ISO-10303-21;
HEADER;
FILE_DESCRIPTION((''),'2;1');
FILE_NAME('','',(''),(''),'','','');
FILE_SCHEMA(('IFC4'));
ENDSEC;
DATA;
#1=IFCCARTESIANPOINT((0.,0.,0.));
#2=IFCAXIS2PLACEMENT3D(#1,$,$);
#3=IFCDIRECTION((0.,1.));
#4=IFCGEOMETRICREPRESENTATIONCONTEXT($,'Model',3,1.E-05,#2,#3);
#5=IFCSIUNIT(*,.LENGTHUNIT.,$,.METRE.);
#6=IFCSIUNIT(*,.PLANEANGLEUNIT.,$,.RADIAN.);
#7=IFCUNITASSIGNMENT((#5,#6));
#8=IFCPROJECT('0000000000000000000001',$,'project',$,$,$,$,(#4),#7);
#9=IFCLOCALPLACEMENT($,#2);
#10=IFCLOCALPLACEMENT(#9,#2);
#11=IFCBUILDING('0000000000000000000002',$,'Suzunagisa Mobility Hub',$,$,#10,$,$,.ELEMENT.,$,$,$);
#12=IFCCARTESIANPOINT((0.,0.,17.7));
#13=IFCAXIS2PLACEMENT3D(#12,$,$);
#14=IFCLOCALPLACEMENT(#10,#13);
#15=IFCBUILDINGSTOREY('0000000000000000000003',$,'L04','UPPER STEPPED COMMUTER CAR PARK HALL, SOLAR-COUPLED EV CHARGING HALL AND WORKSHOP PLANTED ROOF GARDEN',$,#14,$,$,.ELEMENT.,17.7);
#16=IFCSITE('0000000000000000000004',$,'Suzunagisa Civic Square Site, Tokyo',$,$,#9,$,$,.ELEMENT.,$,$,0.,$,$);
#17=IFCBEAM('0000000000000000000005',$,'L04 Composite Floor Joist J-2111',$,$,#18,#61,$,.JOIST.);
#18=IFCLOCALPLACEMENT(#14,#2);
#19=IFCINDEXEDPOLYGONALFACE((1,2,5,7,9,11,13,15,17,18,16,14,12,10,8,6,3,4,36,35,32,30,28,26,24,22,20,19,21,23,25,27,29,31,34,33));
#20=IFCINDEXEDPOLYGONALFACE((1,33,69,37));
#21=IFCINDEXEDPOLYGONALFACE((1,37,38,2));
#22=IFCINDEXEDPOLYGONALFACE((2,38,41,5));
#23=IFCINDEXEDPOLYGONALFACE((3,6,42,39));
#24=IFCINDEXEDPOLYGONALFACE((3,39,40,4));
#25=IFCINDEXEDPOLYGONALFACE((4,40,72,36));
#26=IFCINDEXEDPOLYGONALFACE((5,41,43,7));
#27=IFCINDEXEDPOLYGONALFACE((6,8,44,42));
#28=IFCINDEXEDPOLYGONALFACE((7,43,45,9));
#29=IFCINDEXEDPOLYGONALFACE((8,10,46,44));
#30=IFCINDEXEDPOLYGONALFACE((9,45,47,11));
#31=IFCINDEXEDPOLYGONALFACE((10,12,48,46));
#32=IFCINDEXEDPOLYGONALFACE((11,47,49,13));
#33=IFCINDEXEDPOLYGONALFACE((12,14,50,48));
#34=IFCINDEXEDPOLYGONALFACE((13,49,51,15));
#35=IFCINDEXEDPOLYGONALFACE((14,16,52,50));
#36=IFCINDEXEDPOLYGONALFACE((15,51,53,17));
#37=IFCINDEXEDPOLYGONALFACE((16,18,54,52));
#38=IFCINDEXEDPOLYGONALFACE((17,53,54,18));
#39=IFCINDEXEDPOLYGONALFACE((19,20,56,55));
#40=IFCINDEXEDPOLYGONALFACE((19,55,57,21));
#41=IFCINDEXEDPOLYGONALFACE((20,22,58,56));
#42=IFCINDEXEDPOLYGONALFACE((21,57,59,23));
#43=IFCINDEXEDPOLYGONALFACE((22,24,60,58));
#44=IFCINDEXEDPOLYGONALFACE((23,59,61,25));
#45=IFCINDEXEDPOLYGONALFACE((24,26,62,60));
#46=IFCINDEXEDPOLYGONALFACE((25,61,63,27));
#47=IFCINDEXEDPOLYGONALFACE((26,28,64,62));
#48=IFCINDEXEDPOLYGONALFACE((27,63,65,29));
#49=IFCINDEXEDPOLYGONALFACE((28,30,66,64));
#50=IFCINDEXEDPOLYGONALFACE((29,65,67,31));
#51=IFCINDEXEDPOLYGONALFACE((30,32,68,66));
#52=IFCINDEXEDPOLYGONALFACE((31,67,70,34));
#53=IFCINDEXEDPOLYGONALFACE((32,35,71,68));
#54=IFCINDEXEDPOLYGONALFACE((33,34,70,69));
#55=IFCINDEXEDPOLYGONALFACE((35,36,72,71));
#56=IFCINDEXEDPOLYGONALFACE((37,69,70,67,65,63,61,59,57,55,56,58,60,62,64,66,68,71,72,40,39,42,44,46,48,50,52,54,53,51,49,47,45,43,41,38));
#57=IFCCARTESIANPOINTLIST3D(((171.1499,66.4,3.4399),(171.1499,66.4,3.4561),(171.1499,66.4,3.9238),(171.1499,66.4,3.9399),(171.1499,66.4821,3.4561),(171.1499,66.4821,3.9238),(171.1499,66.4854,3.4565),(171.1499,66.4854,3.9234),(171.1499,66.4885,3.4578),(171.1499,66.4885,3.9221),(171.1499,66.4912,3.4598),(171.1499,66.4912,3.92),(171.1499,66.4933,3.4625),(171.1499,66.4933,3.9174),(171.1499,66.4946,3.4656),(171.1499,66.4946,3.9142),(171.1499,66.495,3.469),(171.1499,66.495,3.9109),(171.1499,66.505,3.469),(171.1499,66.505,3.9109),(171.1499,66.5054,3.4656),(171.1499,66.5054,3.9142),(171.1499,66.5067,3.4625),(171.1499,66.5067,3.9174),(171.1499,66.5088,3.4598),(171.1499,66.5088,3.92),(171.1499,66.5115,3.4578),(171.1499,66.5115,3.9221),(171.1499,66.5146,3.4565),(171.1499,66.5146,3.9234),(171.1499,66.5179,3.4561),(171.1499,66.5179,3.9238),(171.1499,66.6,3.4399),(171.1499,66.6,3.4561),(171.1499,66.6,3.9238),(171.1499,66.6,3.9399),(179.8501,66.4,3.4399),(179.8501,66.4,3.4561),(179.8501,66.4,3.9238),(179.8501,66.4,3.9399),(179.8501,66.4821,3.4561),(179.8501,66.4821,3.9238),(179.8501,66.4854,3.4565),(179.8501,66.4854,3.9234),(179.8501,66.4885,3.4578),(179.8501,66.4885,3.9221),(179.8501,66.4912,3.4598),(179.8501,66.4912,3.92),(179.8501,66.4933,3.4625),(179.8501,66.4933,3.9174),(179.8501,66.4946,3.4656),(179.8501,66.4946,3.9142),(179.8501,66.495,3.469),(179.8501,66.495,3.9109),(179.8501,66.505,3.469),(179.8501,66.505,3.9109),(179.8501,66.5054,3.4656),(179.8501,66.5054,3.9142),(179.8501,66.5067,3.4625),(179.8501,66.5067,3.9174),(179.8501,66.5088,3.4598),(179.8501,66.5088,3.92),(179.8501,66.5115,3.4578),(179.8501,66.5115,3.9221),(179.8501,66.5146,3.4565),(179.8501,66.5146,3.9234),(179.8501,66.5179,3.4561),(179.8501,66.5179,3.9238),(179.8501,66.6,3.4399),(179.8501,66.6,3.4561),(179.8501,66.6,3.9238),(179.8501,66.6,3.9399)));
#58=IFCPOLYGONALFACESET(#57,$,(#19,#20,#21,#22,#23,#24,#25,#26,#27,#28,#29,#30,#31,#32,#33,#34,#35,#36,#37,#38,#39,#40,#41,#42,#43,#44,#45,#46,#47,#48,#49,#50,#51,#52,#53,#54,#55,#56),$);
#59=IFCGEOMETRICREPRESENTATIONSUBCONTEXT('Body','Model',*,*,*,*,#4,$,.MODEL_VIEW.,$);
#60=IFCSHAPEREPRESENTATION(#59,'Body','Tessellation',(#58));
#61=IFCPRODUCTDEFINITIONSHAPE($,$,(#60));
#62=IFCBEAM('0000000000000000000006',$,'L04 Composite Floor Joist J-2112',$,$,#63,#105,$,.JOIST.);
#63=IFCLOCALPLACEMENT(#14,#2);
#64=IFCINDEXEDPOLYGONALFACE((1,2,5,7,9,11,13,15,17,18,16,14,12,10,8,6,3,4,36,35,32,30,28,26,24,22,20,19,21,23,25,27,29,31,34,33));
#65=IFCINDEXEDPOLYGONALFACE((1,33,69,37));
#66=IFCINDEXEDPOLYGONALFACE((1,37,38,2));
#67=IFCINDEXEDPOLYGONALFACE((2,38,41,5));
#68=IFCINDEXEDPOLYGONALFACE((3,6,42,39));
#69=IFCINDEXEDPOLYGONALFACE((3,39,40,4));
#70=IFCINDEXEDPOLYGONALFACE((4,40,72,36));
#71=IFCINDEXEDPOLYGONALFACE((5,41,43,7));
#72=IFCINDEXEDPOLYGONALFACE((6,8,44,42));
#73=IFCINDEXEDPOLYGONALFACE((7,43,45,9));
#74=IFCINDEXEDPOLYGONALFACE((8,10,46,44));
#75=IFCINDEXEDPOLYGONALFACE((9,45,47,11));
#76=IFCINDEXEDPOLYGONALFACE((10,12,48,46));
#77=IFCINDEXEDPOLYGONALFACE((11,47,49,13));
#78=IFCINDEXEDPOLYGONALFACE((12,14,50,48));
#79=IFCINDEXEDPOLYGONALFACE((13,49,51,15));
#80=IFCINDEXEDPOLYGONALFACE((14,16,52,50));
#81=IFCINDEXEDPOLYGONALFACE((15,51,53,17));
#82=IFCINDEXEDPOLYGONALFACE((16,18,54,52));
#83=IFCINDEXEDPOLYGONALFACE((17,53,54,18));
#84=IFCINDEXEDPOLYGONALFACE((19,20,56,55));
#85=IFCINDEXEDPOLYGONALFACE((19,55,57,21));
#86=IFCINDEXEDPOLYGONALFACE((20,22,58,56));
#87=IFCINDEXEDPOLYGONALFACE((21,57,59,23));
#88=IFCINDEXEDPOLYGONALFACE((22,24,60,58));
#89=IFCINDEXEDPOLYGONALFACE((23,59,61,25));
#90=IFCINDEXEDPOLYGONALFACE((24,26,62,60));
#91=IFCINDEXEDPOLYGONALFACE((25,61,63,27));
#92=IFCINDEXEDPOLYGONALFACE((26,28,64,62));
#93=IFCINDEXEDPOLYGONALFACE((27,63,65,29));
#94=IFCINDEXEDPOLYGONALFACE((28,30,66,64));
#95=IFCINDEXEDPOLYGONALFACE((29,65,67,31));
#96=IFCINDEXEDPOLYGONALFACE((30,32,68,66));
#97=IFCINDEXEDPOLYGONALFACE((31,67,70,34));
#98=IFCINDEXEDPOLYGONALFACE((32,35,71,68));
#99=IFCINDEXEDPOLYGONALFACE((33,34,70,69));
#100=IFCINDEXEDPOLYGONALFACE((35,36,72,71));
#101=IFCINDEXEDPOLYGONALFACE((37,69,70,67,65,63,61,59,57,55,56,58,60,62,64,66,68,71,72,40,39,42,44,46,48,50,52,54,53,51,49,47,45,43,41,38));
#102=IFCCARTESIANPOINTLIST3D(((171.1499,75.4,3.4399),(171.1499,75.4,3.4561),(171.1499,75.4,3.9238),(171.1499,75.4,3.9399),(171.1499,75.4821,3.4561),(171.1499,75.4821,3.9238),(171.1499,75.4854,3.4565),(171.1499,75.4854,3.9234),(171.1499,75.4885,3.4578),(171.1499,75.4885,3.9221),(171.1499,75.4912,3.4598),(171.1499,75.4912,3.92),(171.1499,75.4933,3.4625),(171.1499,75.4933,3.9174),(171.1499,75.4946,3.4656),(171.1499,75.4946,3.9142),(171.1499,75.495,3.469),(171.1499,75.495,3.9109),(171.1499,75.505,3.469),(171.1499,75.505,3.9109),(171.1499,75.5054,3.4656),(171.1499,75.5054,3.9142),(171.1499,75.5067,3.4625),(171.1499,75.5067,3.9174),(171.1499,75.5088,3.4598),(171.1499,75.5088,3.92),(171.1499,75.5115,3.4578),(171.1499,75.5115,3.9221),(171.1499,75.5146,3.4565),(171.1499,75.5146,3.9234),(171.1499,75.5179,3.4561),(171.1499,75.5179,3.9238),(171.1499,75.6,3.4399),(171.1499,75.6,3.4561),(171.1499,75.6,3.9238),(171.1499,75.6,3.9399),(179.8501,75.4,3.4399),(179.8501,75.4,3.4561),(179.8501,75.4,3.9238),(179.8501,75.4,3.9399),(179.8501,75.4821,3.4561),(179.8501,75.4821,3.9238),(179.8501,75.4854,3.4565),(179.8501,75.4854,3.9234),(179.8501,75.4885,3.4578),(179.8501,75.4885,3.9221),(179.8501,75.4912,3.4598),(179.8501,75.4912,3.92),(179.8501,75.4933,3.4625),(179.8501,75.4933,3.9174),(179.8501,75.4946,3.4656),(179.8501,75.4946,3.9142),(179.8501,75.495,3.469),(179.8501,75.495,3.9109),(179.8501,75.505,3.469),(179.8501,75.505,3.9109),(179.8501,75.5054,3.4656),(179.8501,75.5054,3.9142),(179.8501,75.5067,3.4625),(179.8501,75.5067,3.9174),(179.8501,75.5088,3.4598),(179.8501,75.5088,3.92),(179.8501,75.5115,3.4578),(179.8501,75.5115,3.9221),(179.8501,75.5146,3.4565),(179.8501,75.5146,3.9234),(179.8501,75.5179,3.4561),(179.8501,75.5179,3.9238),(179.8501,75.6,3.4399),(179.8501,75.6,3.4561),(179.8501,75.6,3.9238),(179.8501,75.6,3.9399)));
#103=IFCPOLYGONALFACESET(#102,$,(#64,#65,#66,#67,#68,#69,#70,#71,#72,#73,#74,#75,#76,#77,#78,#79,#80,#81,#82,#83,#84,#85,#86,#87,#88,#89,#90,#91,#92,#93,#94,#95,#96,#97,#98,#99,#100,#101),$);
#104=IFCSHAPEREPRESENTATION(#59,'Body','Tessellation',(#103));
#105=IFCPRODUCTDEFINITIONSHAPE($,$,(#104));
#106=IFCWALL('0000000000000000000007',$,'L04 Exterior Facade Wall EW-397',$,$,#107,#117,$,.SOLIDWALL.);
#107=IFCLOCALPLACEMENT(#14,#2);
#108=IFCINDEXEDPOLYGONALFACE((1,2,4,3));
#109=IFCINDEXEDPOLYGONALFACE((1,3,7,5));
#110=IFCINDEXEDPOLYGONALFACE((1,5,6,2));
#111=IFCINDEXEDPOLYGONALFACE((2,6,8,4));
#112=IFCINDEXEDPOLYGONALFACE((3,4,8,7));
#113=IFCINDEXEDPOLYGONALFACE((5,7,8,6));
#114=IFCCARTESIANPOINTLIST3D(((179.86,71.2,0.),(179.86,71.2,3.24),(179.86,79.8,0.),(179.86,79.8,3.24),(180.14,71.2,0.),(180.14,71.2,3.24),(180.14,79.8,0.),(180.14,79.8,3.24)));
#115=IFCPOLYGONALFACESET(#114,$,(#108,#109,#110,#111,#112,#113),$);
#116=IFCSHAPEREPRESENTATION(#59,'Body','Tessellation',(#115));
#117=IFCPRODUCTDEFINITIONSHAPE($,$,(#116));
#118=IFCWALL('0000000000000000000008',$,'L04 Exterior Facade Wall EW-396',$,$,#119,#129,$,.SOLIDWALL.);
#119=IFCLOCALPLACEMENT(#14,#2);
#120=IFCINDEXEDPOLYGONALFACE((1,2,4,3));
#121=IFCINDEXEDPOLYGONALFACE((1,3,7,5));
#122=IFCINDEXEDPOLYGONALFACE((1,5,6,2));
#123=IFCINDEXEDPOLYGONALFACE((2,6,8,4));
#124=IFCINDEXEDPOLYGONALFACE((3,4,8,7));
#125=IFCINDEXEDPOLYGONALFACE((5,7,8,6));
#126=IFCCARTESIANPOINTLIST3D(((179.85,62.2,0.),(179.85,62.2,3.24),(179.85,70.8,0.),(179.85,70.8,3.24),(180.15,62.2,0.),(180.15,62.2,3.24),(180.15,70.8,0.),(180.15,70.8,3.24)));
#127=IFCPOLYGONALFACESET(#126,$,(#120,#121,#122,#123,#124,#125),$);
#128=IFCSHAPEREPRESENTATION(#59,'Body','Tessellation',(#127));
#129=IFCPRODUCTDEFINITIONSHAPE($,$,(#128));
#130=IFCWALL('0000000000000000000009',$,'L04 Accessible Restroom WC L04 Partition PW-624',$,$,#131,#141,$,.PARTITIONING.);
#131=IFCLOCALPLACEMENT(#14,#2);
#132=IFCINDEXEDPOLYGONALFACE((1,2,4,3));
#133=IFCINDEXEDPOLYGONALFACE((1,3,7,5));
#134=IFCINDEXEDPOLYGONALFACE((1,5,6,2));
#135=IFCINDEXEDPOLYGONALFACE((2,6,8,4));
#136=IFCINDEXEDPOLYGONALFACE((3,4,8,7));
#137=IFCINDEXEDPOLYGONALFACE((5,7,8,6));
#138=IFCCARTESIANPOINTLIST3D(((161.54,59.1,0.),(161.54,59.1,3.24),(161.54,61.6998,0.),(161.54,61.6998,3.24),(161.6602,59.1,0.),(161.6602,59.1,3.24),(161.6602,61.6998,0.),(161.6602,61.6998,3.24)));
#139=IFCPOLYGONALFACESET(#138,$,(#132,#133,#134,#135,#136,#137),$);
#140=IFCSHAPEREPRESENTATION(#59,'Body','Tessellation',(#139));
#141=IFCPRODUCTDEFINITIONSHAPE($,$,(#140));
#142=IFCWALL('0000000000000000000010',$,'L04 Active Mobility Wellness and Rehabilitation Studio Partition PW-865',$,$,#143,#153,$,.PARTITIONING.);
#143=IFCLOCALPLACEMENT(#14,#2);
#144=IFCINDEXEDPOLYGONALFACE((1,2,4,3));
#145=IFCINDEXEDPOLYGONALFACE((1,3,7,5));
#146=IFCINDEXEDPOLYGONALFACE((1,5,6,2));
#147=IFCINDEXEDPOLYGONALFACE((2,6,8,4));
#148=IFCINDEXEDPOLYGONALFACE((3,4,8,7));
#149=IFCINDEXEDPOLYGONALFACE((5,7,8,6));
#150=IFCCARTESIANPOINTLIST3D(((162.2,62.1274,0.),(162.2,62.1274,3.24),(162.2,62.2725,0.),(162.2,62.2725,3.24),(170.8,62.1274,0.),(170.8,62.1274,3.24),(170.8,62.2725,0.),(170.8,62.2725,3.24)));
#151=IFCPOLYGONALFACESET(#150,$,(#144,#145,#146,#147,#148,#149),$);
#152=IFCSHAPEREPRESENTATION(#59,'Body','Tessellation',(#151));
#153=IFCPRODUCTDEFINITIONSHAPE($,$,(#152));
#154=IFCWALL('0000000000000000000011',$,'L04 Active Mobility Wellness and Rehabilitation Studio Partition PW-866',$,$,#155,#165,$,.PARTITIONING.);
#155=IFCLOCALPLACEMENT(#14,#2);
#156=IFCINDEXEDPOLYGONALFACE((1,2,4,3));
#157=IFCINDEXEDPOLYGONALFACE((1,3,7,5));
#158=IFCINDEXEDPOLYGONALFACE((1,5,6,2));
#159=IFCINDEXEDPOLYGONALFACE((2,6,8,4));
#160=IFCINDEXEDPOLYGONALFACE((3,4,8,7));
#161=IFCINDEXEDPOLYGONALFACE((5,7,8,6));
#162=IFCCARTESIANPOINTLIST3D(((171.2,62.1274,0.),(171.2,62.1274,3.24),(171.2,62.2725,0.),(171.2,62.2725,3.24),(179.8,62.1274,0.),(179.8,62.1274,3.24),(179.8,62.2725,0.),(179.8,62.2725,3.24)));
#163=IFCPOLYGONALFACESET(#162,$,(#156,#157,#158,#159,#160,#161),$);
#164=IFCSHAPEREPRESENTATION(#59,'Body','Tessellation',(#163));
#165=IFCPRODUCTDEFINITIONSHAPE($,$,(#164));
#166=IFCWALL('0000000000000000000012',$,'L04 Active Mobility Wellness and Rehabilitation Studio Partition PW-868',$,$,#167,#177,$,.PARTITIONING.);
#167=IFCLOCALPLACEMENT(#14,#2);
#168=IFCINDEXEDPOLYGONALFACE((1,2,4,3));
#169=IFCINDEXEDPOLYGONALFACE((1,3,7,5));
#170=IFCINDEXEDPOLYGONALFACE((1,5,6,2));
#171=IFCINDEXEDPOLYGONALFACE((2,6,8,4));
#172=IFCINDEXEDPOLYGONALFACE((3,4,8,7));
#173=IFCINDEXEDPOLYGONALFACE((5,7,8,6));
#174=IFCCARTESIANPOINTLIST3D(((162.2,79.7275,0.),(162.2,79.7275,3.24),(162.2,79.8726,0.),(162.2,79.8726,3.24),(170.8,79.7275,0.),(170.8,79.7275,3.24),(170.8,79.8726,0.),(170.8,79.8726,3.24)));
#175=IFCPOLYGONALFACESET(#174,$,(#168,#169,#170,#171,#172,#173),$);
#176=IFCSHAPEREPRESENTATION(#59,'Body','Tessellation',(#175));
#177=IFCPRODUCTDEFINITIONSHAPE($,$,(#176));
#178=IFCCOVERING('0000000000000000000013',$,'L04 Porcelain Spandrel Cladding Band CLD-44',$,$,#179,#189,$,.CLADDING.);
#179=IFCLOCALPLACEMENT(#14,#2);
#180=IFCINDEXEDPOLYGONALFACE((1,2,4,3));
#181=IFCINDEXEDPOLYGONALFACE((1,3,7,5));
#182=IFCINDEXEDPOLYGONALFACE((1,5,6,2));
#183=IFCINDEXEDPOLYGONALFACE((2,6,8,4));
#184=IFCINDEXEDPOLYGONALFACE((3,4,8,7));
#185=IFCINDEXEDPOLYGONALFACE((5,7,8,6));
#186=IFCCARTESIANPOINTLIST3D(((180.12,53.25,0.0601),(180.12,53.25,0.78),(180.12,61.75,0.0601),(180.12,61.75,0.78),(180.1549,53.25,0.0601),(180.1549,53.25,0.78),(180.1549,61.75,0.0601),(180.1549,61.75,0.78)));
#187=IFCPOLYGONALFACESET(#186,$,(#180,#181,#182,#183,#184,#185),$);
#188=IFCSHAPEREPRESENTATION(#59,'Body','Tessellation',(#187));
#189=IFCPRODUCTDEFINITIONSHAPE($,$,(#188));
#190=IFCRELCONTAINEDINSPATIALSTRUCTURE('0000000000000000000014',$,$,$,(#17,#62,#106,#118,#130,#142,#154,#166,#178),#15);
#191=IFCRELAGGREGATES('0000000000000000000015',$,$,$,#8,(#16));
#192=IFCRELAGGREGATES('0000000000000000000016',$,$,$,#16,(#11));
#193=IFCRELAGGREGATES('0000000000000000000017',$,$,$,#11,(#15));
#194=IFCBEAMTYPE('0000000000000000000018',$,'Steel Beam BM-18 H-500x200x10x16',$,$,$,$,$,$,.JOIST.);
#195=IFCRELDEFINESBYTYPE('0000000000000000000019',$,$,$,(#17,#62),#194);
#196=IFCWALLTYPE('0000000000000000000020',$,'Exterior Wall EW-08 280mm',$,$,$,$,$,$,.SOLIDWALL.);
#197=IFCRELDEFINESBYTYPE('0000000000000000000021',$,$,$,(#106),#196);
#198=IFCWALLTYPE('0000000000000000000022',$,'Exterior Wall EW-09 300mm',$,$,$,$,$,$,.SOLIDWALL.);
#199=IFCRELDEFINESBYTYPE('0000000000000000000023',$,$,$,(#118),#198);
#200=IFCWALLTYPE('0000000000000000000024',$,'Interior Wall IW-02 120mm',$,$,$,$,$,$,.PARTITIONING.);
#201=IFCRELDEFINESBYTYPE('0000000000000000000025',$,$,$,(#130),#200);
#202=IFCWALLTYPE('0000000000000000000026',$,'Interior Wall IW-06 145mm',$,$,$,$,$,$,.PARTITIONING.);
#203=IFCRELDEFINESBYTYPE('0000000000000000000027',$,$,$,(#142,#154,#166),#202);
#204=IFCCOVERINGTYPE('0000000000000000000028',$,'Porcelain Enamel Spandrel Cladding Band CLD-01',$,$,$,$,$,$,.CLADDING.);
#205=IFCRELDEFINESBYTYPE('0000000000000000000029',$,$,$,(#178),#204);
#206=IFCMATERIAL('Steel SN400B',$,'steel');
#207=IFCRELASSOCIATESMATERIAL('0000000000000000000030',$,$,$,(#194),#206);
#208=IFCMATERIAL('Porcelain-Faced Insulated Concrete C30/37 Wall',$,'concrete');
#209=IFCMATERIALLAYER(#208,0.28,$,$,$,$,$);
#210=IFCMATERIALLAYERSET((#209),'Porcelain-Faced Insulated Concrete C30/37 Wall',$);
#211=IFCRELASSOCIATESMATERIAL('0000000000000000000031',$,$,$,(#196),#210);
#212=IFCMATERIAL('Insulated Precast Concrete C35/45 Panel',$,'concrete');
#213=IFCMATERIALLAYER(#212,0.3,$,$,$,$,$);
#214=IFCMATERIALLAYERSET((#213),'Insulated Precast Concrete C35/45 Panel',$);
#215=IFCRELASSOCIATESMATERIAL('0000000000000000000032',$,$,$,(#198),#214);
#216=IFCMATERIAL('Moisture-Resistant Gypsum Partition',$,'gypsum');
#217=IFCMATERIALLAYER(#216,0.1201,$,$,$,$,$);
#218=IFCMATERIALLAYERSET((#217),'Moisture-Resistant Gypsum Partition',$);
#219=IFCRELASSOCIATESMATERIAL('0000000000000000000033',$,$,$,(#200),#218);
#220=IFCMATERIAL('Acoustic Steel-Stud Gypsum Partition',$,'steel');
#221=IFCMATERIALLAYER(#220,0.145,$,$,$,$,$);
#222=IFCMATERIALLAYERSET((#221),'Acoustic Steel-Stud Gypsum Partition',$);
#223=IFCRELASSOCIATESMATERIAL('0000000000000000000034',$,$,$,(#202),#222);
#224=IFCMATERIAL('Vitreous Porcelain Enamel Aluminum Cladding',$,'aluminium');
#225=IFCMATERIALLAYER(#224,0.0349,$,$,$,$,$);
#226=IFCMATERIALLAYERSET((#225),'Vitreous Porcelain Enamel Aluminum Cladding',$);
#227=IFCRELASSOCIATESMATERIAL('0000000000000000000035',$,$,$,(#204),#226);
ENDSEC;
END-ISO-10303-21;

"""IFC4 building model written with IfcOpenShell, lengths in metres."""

from ifc_helpers import new_model, si_unit, direction, frame, frame_2d, origin, origin_2d, place, context, subcontext, project, spatial, rectangle, i_section, extrude, material, layer, layer_set, material_profile, profile_set, type_object, element, save


model = new_model("IFC4")

# Units and contexts
model_context = context("Model", 3, precision=1e-05, world=origin(), true_north=direction((0.0, 1.0)))
body_context = subcontext(model_context, "Body", "Model", "MODEL_VIEW")
ifc_project = project(units=[si_unit("LENGTHUNIT", "METRE"), si_unit("PLANEANGLEUNIT", "RADIAN")], contexts=[model_context])

# Site, building, storey
site_placement = place(None, origin())
site = spatial("IfcSite", under=ifc_project, at=site_placement, Name="Suzunagisa Civic Square Site, Tokyo", CompositionType="ELEMENT", RefElevation=0.0)
building_placement = place(site_placement, origin())
building = spatial("IfcBuilding", under=site, at=building_placement, Name="Suzunagisa Mobility Hub", CompositionType="ELEMENT")
storey_placement = place(building_placement, frame((0.0, 0.0, 17.7)))
storey = spatial("IfcBuildingStorey", under=building, at=storey_placement, Name="L04", Description="UPPER STEPPED COMMUTER CAR PARK HALL, SOLAR-COUPLED EV CHARGING HALL AND WORKSHOP PLANTED ROOF GARDEN", CompositionType="ELEMENT", Elevation=17.7)

# Beams
ifc_material_1 = material(Name="Steel SN400B", Category="steel")
ifc_material_profile_1 = material_profile(ifc_material_1, i_section(OverallWidth=0.2, OverallDepth=0.5, WebThickness=0.01, FlangeThickness=0.0161, FilletRadius=0.0129, at=origin_2d()), Name="H-500x200x10x16")
ifc_profile_set_1 = profile_set([ifc_material_profile_1], Name="Steel SN400B")
beam_type_1 = type_object("IfcBeamType", Name="Steel Beam BM-18 H-500x200x10x16", PredefinedType="JOIST", material=ifc_profile_set_1)
for number, where, z_axis, x_axis, name in (
    (1, (171.1499, 66.5, 3.6899), (1.0, 0.0, 0.0), (0.0, 1.0, 0.0), "L04 Composite Floor Joist J-2111"),
    (2, (171.1499, 75.5, 3.6899), (1.0, 0.0, 0.0), (0.0, 1.0, 0.0), "L04 Composite Floor Joist J-2112"),
):
    element("IfcBeam", number, at=place(storey_placement, frame(where, z_axis=z_axis, x_axis=x_axis)), inside=storey, type_object=beam_type_1, Name=name, PredefinedType="JOIST", context=body_context, shape_type="SweptSolid", body=[
        extrude(i_section(OverallWidth=0.2, OverallDepth=0.5, WebThickness=0.01, FlangeThickness=0.0161, FilletRadius=0.0129, at=origin_2d()), origin(), (0.0, 0.0, 1.0), 8.7002),
    ])

# Walls
ifc_material_2 = material(Name="Porcelain-Faced Insulated Concrete C30/37 Wall", Category="concrete")
ifc_layer_1 = layer(ifc_material_2, 0.28)
ifc_layer_set_1 = layer_set([ifc_layer_1], Name="Porcelain-Faced Insulated Concrete C30/37 Wall")
wall_type_1 = type_object("IfcWallType", Name="Exterior Wall EW-08 280mm", PredefinedType="SOLIDWALL", material=ifc_layer_set_1)
wall_1_placement = place(storey_placement, frame((180.0, 71.2, 0.0), z_axis=(0.0, 0.0, 1.0), x_axis=(0.0, 1.0, 0.0)))
element("IfcWall", 3, at=wall_1_placement, inside=storey, type_object=wall_type_1, Name="L04 Exterior Facade Wall EW-397", PredefinedType="SOLIDWALL", context=body_context, shape_type="SweptSolid", body=[
    extrude(rectangle(XDim=8.6001, YDim=0.28, at=frame_2d((4.3, 0.0))), origin(), (0.0, 0.0, 1.0), 3.24),
])
ifc_material_3 = material(Name="Insulated Precast Concrete C35/45 Panel", Category="concrete")
ifc_layer_2 = layer(ifc_material_3, 0.3)
ifc_layer_set_2 = layer_set([ifc_layer_2], Name="Insulated Precast Concrete C35/45 Panel")
wall_type_2 = type_object("IfcWallType", Name="Exterior Wall EW-09 300mm", PredefinedType="SOLIDWALL", material=ifc_layer_set_2)
wall_2_placement = place(storey_placement, frame((180.0, 62.2, 0.0), z_axis=(0.0, 0.0, 1.0), x_axis=(0.0, 1.0, 0.0)))
element("IfcWall", 4, at=wall_2_placement, inside=storey, type_object=wall_type_2, Name="L04 Exterior Facade Wall EW-396", PredefinedType="SOLIDWALL", context=body_context, shape_type="SweptSolid", body=[
    extrude(rectangle(XDim=8.6001, YDim=0.3, at=frame_2d((4.3, 0.0))), origin(), (0.0, 0.0, 1.0), 3.24),
])
ifc_material_4 = material(Name="Moisture-Resistant Gypsum Partition", Category="gypsum")
ifc_layer_3 = layer(ifc_material_4, 0.1201)
ifc_layer_set_3 = layer_set([ifc_layer_3], Name="Moisture-Resistant Gypsum Partition")
wall_type_3 = type_object("IfcWallType", Name="Interior Wall IW-02 120mm", PredefinedType="PARTITIONING", material=ifc_layer_set_3)
wall_3_placement = place(storey_placement, frame((161.6001, 59.1001, 0.0), z_axis=(0.0, 0.0, 1.0), x_axis=(0.0, 1.0, 0.0)))
element("IfcWall", 5, at=wall_3_placement, inside=storey, type_object=wall_type_3, Name="L04 Accessible Restroom WC L04 Partition PW-624", PredefinedType="PARTITIONING", context=body_context, shape_type="SweptSolid", body=[
    extrude(rectangle(XDim=2.5999, YDim=0.1201, at=frame_2d((1.2998, 0.0))), origin(), (0.0, 0.0, 1.0), 3.24),
])
ifc_material_5 = material(Name="Acoustic Steel-Stud Gypsum Partition", Category="steel")
ifc_layer_4 = layer(ifc_material_5, 0.145)
ifc_layer_set_4 = layer_set([ifc_layer_4], Name="Acoustic Steel-Stud Gypsum Partition")
wall_type_4 = type_object("IfcWallType", Name="Interior Wall IW-06 145mm", PredefinedType="PARTITIONING", material=ifc_layer_set_4)
for number, where, z_axis, x_axis, name in (
    (6, (162.2, 62.2, 0.0), (0.0, 0.0, 1.0), (1.0, 0.0, 0.0), "L04 Active Mobility Wellness and Rehabilitation Studio Partition PW-865"),
    (7, (171.2, 62.2, 0.0), (0.0, 0.0, 1.0), (1.0, 0.0, 0.0), "L04 Active Mobility Wellness and Rehabilitation Studio Partition PW-866"),
    (8, (162.2, 79.8, 0.0), (0.0, 0.0, 1.0), (1.0, 0.0, 0.0), "L04 Active Mobility Wellness and Rehabilitation Studio Partition PW-868"),
):
    element("IfcWall", number, at=place(storey_placement, frame(where, z_axis=z_axis, x_axis=x_axis)), inside=storey, type_object=wall_type_4, Name=name, PredefinedType="PARTITIONING", context=body_context, shape_type="SweptSolid", body=[
        extrude(rectangle(XDim=8.6001, YDim=0.145, at=frame_2d((4.3, 0.0))), origin(), (0.0, 0.0, 1.0), 3.24),
    ])

# Covering
ifc_material_6 = material(Name="Vitreous Porcelain Enamel Aluminum Cladding", Category="aluminium")
ifc_layer_5 = layer(ifc_material_6, 0.0349)
ifc_layer_set_5 = layer_set([ifc_layer_5], Name="Vitreous Porcelain Enamel Aluminum Cladding")
covering_type = type_object("IfcCoveringType", Name="Porcelain Enamel Spandrel Cladding Band CLD-01", PredefinedType="CLADDING", material=ifc_layer_set_5)
covering_placement = place(storey_placement, frame((180.1375, 57.5, 0.0601), z_axis=(0.0, 0.0, 1.0), x_axis=(0.0, 1.0, 0.0)))
element("IfcCovering", 9, at=covering_placement, inside=storey, type_object=covering_type, Name="L04 Porcelain Spandrel Cladding Band CLD-44", PredefinedType="CLADDING", context=body_context, shape_type="SweptSolid", body=[
    extrude(rectangle(XDim=8.5, YDim=0.0349, at=origin_2d()), origin(), (0.0, 0.0, 1.0), 0.72),
])

save(model, "model.ifc")
